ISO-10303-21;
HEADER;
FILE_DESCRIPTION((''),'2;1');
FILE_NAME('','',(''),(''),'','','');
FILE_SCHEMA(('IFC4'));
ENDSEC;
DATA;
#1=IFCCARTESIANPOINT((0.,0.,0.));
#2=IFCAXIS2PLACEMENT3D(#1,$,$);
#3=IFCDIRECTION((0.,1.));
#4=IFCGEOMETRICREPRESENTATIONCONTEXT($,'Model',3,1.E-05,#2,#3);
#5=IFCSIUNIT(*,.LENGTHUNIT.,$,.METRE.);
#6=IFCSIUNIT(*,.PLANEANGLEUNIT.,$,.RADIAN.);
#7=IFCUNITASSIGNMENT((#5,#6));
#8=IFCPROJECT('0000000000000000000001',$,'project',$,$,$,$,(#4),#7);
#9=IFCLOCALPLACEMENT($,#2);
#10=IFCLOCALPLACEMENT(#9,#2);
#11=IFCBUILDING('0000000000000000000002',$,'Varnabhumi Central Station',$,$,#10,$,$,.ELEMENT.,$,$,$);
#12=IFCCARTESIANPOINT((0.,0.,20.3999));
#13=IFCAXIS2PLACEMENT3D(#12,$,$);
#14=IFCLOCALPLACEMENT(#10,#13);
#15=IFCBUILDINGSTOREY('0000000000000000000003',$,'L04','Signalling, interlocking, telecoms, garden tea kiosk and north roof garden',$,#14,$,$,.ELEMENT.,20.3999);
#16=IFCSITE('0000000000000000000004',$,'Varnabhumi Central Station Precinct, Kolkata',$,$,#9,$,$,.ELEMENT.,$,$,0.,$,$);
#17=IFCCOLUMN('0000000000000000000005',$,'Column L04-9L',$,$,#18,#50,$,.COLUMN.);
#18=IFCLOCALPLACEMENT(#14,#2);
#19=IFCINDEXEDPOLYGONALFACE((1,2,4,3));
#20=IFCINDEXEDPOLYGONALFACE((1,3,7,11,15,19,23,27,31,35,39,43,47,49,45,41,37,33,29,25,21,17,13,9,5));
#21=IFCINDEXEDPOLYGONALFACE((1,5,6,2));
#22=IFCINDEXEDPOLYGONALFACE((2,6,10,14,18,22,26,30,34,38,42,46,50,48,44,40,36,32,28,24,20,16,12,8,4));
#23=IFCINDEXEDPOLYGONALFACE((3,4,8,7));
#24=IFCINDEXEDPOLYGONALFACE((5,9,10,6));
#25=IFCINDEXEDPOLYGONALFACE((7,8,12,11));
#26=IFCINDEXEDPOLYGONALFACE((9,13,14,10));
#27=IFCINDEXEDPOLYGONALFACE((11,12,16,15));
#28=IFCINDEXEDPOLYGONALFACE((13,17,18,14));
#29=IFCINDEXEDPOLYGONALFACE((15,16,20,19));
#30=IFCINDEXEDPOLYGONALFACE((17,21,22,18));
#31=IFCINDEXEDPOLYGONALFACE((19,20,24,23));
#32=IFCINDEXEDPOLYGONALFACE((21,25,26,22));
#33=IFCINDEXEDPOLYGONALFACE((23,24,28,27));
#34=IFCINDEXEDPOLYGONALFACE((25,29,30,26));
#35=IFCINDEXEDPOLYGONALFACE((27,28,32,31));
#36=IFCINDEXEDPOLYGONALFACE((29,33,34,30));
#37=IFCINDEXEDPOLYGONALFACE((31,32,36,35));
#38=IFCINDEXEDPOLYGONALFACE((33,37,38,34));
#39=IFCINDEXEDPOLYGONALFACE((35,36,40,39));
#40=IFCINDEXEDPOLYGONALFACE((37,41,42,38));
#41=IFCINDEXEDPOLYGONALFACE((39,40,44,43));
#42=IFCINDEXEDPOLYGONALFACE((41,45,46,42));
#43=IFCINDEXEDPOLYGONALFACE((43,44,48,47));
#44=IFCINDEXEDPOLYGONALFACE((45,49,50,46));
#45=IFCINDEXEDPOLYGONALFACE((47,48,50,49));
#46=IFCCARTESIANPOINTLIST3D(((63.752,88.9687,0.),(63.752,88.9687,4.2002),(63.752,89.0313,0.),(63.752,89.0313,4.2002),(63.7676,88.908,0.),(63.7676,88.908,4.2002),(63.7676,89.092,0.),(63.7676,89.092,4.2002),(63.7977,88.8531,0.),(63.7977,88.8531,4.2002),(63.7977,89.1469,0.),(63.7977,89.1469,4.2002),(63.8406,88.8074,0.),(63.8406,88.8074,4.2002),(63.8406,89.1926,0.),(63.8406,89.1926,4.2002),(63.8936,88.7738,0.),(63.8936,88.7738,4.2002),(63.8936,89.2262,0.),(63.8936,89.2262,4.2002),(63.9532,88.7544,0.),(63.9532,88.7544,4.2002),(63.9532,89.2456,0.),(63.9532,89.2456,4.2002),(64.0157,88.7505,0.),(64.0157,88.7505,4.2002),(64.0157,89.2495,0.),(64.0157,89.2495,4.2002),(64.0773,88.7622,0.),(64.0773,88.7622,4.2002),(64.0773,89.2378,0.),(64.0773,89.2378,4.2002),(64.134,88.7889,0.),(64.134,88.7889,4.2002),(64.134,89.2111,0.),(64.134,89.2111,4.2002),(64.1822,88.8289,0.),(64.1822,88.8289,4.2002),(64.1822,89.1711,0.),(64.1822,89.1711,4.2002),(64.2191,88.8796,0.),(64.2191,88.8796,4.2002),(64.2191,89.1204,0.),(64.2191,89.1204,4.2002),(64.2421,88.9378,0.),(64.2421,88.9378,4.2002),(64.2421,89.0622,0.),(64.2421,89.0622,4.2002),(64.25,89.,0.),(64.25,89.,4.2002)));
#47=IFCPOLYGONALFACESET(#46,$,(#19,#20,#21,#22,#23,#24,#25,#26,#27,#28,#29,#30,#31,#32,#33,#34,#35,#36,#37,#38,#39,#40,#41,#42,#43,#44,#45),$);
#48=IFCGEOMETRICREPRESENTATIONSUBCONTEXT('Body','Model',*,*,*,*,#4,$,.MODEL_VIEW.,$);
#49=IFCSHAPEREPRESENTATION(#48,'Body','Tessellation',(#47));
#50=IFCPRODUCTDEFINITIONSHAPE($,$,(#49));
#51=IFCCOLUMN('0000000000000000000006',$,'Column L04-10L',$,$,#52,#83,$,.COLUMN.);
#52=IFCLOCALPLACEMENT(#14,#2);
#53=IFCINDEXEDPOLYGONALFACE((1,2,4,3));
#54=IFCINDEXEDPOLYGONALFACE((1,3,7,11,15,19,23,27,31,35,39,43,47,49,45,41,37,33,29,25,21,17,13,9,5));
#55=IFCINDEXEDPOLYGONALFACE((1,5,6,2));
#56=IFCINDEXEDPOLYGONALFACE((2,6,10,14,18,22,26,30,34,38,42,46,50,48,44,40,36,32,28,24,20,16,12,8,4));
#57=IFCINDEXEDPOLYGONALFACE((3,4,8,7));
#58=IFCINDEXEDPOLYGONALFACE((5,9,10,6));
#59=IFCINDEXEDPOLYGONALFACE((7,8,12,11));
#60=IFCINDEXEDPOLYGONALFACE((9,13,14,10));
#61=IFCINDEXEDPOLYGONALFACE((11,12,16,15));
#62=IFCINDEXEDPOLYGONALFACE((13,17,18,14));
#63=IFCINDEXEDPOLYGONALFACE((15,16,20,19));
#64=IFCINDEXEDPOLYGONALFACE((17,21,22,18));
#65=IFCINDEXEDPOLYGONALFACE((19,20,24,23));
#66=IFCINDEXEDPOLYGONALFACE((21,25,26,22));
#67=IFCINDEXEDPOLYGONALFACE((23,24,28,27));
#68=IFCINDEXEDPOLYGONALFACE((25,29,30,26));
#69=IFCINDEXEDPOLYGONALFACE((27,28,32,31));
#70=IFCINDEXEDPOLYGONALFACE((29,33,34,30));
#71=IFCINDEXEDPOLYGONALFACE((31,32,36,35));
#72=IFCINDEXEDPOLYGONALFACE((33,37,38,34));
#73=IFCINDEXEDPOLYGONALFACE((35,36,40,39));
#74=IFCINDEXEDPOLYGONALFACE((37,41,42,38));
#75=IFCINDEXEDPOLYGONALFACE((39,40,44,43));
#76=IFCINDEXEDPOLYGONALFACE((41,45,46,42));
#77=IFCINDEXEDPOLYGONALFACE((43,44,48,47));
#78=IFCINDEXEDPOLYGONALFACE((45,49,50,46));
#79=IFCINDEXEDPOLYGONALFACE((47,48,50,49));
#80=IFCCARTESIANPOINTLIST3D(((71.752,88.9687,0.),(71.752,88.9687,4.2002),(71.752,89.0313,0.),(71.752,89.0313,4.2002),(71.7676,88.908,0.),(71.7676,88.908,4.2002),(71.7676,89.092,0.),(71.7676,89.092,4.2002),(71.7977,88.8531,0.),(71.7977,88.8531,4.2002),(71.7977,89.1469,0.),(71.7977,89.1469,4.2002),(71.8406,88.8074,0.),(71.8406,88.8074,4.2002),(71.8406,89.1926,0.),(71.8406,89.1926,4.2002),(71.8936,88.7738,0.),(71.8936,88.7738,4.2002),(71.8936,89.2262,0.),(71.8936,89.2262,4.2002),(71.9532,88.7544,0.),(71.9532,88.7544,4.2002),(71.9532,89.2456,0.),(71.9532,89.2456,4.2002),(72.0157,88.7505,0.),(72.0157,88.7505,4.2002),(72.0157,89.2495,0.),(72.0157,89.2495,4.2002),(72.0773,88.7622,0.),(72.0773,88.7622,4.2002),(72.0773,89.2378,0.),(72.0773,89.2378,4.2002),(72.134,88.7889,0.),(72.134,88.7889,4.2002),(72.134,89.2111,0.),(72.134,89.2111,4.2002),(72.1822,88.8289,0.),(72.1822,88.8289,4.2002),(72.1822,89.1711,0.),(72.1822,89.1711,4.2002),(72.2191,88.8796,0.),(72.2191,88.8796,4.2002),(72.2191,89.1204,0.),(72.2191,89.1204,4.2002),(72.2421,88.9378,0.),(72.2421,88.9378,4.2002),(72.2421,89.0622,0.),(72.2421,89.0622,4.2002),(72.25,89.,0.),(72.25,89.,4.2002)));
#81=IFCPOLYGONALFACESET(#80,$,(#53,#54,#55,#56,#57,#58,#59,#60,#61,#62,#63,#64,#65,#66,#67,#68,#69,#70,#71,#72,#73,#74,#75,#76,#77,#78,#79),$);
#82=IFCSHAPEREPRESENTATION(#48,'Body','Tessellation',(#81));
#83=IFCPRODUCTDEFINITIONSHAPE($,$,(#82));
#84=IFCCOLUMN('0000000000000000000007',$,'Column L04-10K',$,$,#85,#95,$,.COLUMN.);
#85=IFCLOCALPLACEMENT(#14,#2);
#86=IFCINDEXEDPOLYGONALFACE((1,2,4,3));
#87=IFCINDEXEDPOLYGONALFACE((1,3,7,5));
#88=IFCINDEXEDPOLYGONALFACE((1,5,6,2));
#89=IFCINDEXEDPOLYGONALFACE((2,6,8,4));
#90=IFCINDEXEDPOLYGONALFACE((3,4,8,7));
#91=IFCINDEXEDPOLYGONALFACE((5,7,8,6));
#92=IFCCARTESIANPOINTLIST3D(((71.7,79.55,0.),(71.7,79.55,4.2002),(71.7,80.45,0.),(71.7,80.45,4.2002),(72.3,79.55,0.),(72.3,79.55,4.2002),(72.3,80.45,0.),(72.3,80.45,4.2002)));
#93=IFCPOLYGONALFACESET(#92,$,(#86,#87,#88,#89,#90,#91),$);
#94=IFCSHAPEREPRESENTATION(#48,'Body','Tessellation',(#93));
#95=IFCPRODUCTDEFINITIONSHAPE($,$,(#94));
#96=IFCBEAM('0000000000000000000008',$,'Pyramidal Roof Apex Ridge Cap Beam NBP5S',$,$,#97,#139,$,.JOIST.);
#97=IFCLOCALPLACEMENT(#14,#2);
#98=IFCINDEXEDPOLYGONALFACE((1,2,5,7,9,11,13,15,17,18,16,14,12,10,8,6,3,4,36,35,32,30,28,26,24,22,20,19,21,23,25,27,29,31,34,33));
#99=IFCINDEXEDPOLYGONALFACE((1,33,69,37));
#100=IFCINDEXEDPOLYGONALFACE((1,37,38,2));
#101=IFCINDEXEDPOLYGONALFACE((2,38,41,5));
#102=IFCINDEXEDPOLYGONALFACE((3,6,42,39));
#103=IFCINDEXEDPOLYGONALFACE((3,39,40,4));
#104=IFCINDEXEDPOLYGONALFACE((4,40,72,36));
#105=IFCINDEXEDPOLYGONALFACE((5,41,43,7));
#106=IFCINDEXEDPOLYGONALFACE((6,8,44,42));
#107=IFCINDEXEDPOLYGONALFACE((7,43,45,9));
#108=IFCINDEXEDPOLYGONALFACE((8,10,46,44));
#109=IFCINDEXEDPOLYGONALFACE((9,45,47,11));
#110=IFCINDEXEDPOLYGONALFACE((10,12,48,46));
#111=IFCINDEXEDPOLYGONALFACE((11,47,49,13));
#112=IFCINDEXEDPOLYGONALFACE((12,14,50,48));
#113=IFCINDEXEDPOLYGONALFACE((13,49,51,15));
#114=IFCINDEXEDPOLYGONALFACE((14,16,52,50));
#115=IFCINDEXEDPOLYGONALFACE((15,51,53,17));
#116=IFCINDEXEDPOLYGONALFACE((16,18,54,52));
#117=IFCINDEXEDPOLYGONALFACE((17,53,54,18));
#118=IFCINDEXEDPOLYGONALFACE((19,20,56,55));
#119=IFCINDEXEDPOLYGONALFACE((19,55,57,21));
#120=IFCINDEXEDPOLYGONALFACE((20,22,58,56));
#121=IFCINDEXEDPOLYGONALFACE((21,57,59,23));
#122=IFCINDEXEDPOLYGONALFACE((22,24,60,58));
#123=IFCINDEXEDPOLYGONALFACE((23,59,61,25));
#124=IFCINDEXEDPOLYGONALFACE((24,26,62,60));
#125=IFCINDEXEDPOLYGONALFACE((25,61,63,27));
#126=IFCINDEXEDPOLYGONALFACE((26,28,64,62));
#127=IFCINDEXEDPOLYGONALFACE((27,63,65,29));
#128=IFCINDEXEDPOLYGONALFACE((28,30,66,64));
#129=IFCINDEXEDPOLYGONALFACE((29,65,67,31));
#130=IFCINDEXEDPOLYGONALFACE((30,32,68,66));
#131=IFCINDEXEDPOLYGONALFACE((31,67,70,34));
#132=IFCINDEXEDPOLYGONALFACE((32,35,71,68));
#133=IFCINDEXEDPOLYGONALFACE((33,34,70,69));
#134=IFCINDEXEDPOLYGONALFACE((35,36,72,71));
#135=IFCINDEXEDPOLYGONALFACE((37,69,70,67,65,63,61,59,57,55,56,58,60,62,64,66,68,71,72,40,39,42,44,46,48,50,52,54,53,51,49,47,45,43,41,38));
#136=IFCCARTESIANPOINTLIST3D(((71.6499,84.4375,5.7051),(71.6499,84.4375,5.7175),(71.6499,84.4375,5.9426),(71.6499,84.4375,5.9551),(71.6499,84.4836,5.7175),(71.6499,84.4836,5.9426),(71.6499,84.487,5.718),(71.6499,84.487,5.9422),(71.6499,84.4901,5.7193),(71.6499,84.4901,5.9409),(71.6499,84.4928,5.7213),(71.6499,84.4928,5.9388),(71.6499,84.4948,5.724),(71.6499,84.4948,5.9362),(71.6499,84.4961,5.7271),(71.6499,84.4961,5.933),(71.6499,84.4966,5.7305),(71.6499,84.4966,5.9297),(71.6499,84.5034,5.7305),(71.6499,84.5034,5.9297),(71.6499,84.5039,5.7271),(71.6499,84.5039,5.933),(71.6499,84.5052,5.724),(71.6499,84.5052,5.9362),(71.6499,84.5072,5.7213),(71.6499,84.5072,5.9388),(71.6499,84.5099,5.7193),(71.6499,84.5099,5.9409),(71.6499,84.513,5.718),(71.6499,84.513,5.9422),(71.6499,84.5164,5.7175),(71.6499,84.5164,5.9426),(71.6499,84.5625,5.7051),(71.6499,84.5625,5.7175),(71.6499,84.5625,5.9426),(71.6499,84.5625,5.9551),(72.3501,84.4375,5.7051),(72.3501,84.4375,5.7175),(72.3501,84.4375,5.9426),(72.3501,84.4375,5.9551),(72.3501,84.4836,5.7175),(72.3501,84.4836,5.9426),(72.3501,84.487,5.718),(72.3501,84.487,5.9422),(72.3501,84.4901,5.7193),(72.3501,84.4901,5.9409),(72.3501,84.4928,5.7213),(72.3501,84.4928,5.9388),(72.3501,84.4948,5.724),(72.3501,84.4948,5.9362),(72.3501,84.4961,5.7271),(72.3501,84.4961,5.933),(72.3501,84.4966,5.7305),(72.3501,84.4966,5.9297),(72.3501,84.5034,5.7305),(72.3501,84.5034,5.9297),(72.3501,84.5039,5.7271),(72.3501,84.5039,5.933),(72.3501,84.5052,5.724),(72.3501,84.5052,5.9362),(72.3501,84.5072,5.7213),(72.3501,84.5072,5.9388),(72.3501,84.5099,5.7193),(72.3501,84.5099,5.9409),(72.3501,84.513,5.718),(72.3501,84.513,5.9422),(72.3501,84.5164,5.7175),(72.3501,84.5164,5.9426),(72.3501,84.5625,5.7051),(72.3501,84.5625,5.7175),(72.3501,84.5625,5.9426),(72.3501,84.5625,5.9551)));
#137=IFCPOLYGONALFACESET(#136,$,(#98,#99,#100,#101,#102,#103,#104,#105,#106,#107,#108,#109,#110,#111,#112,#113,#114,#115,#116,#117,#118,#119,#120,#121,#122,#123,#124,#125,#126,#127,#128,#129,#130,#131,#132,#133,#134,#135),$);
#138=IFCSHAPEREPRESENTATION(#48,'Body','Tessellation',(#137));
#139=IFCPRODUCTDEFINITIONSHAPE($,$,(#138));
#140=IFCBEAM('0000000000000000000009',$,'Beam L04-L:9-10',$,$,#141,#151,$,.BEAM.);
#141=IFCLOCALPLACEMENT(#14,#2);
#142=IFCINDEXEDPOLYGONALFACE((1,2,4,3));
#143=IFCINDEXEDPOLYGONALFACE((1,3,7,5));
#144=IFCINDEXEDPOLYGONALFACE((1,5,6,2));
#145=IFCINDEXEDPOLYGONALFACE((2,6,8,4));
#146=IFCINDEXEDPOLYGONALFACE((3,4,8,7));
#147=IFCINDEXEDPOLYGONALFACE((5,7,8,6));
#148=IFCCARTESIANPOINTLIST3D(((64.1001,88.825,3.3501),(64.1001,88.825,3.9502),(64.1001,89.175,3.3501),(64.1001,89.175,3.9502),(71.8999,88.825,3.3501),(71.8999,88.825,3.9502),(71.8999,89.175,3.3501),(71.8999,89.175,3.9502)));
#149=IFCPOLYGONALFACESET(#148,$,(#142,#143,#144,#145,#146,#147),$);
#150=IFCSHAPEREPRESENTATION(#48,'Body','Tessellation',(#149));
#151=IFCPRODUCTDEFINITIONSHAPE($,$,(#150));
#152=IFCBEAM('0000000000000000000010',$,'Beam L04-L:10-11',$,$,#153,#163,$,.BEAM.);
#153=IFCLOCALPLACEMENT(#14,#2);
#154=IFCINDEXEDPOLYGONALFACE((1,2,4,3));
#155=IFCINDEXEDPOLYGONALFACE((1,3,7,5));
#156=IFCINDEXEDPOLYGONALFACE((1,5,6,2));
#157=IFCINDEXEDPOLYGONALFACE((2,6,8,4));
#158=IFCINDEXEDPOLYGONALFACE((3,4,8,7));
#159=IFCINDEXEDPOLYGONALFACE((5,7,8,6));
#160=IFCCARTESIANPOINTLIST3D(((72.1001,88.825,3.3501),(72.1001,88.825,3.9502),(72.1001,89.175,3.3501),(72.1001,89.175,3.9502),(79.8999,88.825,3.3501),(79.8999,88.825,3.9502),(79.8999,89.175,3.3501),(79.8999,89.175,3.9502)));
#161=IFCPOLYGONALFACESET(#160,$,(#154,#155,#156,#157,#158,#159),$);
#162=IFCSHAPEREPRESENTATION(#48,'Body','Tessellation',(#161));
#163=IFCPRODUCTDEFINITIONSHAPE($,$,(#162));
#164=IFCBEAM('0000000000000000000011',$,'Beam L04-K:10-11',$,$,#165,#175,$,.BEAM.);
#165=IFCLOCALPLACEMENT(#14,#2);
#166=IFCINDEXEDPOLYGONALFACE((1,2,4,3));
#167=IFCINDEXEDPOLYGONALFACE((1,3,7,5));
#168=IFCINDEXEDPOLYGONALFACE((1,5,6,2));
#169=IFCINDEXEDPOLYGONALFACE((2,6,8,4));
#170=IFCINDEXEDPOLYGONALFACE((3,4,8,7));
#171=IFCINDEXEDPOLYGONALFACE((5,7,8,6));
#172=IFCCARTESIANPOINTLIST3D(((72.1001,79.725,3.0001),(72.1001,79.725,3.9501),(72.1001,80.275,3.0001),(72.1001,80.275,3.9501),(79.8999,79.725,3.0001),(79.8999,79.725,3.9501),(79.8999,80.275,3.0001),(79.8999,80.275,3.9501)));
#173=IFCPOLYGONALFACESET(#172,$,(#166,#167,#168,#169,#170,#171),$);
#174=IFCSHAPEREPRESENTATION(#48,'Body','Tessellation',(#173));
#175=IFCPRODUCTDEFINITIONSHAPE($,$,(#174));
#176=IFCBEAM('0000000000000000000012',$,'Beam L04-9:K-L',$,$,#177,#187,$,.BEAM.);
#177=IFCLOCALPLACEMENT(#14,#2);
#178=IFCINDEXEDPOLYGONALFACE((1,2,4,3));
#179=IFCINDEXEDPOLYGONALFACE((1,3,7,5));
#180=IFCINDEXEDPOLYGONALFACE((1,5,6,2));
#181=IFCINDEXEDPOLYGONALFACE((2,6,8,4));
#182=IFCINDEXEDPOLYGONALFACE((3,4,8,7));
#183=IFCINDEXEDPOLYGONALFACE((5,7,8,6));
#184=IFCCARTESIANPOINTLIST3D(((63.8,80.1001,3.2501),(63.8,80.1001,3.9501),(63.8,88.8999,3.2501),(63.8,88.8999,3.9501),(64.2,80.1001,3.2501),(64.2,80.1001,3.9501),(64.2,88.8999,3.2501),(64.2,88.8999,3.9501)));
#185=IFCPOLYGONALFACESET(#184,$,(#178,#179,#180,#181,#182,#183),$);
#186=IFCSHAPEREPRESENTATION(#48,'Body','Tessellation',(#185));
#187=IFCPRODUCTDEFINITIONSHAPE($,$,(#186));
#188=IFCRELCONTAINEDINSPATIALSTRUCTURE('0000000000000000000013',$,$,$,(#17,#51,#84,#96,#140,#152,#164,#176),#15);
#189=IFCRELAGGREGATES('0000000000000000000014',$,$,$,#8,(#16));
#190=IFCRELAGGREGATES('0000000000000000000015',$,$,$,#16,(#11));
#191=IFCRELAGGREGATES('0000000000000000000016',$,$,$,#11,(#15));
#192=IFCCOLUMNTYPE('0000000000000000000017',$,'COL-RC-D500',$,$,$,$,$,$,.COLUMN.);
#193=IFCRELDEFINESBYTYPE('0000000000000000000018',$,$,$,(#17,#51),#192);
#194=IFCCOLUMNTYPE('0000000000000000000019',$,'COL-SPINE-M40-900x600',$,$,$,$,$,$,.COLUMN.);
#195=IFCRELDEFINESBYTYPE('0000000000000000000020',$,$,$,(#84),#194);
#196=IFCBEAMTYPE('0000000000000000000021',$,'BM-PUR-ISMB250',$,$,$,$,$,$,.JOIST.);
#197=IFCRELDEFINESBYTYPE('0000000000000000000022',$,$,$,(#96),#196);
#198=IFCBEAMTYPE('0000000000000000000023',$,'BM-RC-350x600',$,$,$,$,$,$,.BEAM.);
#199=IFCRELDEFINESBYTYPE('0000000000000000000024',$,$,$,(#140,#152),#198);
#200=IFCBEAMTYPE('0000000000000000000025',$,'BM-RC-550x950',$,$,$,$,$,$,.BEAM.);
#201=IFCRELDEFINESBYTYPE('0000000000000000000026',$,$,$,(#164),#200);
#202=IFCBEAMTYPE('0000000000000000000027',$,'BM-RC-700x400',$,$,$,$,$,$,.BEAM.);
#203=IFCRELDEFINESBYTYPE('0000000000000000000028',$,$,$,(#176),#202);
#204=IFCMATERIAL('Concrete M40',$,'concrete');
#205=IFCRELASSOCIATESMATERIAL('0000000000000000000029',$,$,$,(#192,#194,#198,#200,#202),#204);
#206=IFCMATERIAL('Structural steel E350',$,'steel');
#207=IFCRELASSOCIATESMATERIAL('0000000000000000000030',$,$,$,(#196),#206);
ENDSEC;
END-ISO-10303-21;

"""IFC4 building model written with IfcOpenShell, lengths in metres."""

from ifc_helpers import new_model, si_unit, direction, frame, origin, origin_2d, place, context, subcontext, project, spatial, rectangle, circle, i_section, extrude, material, material_profile, profile_set, type_object, element, save


model = new_model("IFC4")

# Units and contexts
model_context = context("Model", 3, precision=1e-05, world=origin(), true_north=direction((0.0, 1.0)))
body_context = subcontext(model_context, "Body", "Model", "MODEL_VIEW")
ifc_project = project(units=[si_unit("LENGTHUNIT", "METRE"), si_unit("PLANEANGLEUNIT", "RADIAN")], contexts=[model_context])

# Site, building, storey
site_placement = place(None, origin())
site = spatial("IfcSite", under=ifc_project, at=site_placement, Name="Varnabhumi Central Station Precinct, Kolkata", CompositionType="ELEMENT", RefElevation=0.0)
building_placement = place(site_placement, origin())
building = spatial("IfcBuilding", under=site, at=building_placement, Name="Varnabhumi Central Station", CompositionType="ELEMENT")
storey_placement = place(building_placement, frame((0.0, 0.0, 20.3999)))
storey = spatial("IfcBuildingStorey", under=building, at=storey_placement, Name="L04", Description="Signalling, interlocking, telecoms, garden tea kiosk and north roof garden", CompositionType="ELEMENT", Elevation=20.3999)

# Columns
ifc_material_1 = material(Name="Concrete M40", Category="concrete")
ifc_material_profile_1 = material_profile(ifc_material_1, circle(Radius=0.25, at=origin_2d()), Name="Concrete M40", Category="concrete")
ifc_profile_set_1 = profile_set([ifc_material_profile_1], Name="Concrete M40")
column_type_1 = type_object("IfcColumnType", Name="COL-RC-D500", PredefinedType="COLUMN", material=ifc_profile_set_1)
for number, where, z_axis, x_axis, name in (
    (1, (64.0, 89.0, 0.0), (0.0, 0.0, 1.0), (1.0, 0.0, 0.0), "Column L04-9L"),
    (2, (72.0, 89.0, 0.0), (0.0, 0.0, 1.0), (1.0, 0.0, 0.0), "Column L04-10L"),
):
    element("IfcColumn", number, at=place(storey_placement, frame(where, z_axis=z_axis, x_axis=x_axis)), inside=storey, type_object=column_type_1, Name=name, PredefinedType="COLUMN", context=body_context, shape_type="SweptSolid", body=[
        extrude(circle(Radius=0.25, at=origin_2d()), origin(), (0.0, 0.0, 1.0), 4.2002),
    ])
ifc_material_profile_2 = material_profile(ifc_material_1, rectangle(XDim=0.6001, YDim=0.8999, at=origin_2d()), Name="Concrete M40", Category="concrete")
ifc_profile_set_2 = profile_set([ifc_material_profile_2], Name="Concrete M40")
column_type_2 = type_object("IfcColumnType", Name="COL-SPINE-M40-900x600", PredefinedType="COLUMN", material=ifc_profile_set_2)
column_placement = place(storey_placement, frame((72.0, 80.0, 0.0), z_axis=(0.0, 0.0, 1.0), x_axis=(1.0, 0.0, 0.0)))
element("IfcColumn", 3, at=column_placement, inside=storey, type_object=column_type_2, Name="Column L04-10K", PredefinedType="COLUMN", context=body_context, shape_type="SweptSolid", body=[
    extrude(rectangle(XDim=0.6001, YDim=0.8999, at=origin_2d()), origin(), (0.0, 0.0, 1.0), 4.2002),
])

# Beams
ifc_material_2 = material(Name="Structural steel E350", Category="steel")
ifc_material_profile_3 = material_profile(ifc_material_2, i_section(OverallWidth=0.125, OverallDepth=0.25, WebThickness=0.0068, FlangeThickness=0.0125, FilletRadius=0.0129, at=origin_2d()), Name="Structural steel E350", Category="steel")
ifc_profile_set_3 = profile_set([ifc_material_profile_3], Name="Structural steel E350")
beam_type_1 = type_object("IfcBeamType", Name="BM-PUR-ISMB250", PredefinedType="JOIST", material=ifc_profile_set_3)
beam_1_placement = place(storey_placement, frame((71.6499, 84.5, 5.8301), z_axis=(1.0, 0.0, 0.0), x_axis=(0.0, 1.0, 0.0)))
element("IfcBeam", 4, at=beam_1_placement, inside=storey, type_object=beam_type_1, Name="Pyramidal Roof Apex Ridge Cap Beam NBP5S", PredefinedType="JOIST", context=body_context, shape_type="SweptSolid", body=[
    extrude(i_section(OverallWidth=0.125, OverallDepth=0.25, WebThickness=0.0068, FlangeThickness=0.0125, FilletRadius=0.0129, at=origin_2d()), origin(), (0.0, 0.0, 1.0), 0.7002),
])
ifc_material_profile_4 = material_profile(ifc_material_1, rectangle(XDim=0.3501, YDim=0.6001, at=origin_2d()), Name="Concrete M40", Category="concrete")
ifc_profile_set_4 = profile_set([ifc_material_profile_4], Name="Concrete M40")
beam_type_2 = type_object("IfcBeamType", Name="BM-RC-350x600", PredefinedType="BEAM", material=ifc_profile_set_4)
for number, where, z_axis, x_axis, name in (
    (5, (64.1001, 89.0, 3.6501), (1.0, 0.0, 0.0), (0.0, 1.0, 0.0), "Beam L04-L:9-10"),
    (6, (72.1001, 89.0, 3.6501), (1.0, 0.0, 0.0), (0.0, 1.0, 0.0), "Beam L04-L:10-11"),
):
    element("IfcBeam", number, at=place(storey_placement, frame(where, z_axis=z_axis, x_axis=x_axis)), inside=storey, type_object=beam_type_2, Name=name, PredefinedType="BEAM", context=body_context, shape_type="SweptSolid", body=[
        extrude(rectangle(XDim=0.3501, YDim=0.6001, at=origin_2d()), origin(), (0.0, 0.0, 1.0), 7.7998),
    ])
ifc_material_profile_5 = material_profile(ifc_material_1, rectangle(XDim=0.55, YDim=0.95, at=origin_2d()), Name="Concrete M40", Category="concrete")
ifc_profile_set_5 = profile_set([ifc_material_profile_5], Name="Concrete M40")
beam_type_3 = type_object("IfcBeamType", Name="BM-RC-550x950", PredefinedType="BEAM", material=ifc_profile_set_5)
beam_2_placement = place(storey_placement, frame((72.1001, 80.0, 3.4751), z_axis=(1.0, 0.0, 0.0), x_axis=(0.0, 1.0, 0.0)))
element("IfcBeam", 7, at=beam_2_placement, inside=storey, type_object=beam_type_3, Name="Beam L04-K:10-11", PredefinedType="BEAM", context=body_context, shape_type="SweptSolid", body=[
    extrude(rectangle(XDim=0.55, YDim=0.95, at=origin_2d()), origin(), (0.0, 0.0, 1.0), 7.7998),
])
ifc_material_profile_6 = material_profile(ifc_material_1, rectangle(XDim=0.3999, YDim=0.7, at=origin_2d()), Name="Concrete M40", Category="concrete")
ifc_profile_set_6 = profile_set([ifc_material_profile_6], Name="Concrete M40")
beam_type_4 = type_object("IfcBeamType", Name="BM-RC-700x400", PredefinedType="BEAM", material=ifc_profile_set_6)
for number, where, z_axis, x_axis, name in (
    (8, (64.0, 80.1001, 3.6001), (0.0, 1.0, 0.0), (-1.0, 0.0, 0.0), "Beam L04-9:K-L"),
):
    element("IfcBeam", number, at=place(storey_placement, frame(where, z_axis=z_axis, x_axis=x_axis)), inside=storey, type_object=beam_type_4, Name=name, PredefinedType="BEAM", context=body_context, shape_type="SweptSolid", body=[
        extrude(rectangle(XDim=0.3999, YDim=0.7, at=origin_2d()), origin(), (0.0, 0.0, 1.0), 8.7998),
    ])

save(model, "model.ifc")
